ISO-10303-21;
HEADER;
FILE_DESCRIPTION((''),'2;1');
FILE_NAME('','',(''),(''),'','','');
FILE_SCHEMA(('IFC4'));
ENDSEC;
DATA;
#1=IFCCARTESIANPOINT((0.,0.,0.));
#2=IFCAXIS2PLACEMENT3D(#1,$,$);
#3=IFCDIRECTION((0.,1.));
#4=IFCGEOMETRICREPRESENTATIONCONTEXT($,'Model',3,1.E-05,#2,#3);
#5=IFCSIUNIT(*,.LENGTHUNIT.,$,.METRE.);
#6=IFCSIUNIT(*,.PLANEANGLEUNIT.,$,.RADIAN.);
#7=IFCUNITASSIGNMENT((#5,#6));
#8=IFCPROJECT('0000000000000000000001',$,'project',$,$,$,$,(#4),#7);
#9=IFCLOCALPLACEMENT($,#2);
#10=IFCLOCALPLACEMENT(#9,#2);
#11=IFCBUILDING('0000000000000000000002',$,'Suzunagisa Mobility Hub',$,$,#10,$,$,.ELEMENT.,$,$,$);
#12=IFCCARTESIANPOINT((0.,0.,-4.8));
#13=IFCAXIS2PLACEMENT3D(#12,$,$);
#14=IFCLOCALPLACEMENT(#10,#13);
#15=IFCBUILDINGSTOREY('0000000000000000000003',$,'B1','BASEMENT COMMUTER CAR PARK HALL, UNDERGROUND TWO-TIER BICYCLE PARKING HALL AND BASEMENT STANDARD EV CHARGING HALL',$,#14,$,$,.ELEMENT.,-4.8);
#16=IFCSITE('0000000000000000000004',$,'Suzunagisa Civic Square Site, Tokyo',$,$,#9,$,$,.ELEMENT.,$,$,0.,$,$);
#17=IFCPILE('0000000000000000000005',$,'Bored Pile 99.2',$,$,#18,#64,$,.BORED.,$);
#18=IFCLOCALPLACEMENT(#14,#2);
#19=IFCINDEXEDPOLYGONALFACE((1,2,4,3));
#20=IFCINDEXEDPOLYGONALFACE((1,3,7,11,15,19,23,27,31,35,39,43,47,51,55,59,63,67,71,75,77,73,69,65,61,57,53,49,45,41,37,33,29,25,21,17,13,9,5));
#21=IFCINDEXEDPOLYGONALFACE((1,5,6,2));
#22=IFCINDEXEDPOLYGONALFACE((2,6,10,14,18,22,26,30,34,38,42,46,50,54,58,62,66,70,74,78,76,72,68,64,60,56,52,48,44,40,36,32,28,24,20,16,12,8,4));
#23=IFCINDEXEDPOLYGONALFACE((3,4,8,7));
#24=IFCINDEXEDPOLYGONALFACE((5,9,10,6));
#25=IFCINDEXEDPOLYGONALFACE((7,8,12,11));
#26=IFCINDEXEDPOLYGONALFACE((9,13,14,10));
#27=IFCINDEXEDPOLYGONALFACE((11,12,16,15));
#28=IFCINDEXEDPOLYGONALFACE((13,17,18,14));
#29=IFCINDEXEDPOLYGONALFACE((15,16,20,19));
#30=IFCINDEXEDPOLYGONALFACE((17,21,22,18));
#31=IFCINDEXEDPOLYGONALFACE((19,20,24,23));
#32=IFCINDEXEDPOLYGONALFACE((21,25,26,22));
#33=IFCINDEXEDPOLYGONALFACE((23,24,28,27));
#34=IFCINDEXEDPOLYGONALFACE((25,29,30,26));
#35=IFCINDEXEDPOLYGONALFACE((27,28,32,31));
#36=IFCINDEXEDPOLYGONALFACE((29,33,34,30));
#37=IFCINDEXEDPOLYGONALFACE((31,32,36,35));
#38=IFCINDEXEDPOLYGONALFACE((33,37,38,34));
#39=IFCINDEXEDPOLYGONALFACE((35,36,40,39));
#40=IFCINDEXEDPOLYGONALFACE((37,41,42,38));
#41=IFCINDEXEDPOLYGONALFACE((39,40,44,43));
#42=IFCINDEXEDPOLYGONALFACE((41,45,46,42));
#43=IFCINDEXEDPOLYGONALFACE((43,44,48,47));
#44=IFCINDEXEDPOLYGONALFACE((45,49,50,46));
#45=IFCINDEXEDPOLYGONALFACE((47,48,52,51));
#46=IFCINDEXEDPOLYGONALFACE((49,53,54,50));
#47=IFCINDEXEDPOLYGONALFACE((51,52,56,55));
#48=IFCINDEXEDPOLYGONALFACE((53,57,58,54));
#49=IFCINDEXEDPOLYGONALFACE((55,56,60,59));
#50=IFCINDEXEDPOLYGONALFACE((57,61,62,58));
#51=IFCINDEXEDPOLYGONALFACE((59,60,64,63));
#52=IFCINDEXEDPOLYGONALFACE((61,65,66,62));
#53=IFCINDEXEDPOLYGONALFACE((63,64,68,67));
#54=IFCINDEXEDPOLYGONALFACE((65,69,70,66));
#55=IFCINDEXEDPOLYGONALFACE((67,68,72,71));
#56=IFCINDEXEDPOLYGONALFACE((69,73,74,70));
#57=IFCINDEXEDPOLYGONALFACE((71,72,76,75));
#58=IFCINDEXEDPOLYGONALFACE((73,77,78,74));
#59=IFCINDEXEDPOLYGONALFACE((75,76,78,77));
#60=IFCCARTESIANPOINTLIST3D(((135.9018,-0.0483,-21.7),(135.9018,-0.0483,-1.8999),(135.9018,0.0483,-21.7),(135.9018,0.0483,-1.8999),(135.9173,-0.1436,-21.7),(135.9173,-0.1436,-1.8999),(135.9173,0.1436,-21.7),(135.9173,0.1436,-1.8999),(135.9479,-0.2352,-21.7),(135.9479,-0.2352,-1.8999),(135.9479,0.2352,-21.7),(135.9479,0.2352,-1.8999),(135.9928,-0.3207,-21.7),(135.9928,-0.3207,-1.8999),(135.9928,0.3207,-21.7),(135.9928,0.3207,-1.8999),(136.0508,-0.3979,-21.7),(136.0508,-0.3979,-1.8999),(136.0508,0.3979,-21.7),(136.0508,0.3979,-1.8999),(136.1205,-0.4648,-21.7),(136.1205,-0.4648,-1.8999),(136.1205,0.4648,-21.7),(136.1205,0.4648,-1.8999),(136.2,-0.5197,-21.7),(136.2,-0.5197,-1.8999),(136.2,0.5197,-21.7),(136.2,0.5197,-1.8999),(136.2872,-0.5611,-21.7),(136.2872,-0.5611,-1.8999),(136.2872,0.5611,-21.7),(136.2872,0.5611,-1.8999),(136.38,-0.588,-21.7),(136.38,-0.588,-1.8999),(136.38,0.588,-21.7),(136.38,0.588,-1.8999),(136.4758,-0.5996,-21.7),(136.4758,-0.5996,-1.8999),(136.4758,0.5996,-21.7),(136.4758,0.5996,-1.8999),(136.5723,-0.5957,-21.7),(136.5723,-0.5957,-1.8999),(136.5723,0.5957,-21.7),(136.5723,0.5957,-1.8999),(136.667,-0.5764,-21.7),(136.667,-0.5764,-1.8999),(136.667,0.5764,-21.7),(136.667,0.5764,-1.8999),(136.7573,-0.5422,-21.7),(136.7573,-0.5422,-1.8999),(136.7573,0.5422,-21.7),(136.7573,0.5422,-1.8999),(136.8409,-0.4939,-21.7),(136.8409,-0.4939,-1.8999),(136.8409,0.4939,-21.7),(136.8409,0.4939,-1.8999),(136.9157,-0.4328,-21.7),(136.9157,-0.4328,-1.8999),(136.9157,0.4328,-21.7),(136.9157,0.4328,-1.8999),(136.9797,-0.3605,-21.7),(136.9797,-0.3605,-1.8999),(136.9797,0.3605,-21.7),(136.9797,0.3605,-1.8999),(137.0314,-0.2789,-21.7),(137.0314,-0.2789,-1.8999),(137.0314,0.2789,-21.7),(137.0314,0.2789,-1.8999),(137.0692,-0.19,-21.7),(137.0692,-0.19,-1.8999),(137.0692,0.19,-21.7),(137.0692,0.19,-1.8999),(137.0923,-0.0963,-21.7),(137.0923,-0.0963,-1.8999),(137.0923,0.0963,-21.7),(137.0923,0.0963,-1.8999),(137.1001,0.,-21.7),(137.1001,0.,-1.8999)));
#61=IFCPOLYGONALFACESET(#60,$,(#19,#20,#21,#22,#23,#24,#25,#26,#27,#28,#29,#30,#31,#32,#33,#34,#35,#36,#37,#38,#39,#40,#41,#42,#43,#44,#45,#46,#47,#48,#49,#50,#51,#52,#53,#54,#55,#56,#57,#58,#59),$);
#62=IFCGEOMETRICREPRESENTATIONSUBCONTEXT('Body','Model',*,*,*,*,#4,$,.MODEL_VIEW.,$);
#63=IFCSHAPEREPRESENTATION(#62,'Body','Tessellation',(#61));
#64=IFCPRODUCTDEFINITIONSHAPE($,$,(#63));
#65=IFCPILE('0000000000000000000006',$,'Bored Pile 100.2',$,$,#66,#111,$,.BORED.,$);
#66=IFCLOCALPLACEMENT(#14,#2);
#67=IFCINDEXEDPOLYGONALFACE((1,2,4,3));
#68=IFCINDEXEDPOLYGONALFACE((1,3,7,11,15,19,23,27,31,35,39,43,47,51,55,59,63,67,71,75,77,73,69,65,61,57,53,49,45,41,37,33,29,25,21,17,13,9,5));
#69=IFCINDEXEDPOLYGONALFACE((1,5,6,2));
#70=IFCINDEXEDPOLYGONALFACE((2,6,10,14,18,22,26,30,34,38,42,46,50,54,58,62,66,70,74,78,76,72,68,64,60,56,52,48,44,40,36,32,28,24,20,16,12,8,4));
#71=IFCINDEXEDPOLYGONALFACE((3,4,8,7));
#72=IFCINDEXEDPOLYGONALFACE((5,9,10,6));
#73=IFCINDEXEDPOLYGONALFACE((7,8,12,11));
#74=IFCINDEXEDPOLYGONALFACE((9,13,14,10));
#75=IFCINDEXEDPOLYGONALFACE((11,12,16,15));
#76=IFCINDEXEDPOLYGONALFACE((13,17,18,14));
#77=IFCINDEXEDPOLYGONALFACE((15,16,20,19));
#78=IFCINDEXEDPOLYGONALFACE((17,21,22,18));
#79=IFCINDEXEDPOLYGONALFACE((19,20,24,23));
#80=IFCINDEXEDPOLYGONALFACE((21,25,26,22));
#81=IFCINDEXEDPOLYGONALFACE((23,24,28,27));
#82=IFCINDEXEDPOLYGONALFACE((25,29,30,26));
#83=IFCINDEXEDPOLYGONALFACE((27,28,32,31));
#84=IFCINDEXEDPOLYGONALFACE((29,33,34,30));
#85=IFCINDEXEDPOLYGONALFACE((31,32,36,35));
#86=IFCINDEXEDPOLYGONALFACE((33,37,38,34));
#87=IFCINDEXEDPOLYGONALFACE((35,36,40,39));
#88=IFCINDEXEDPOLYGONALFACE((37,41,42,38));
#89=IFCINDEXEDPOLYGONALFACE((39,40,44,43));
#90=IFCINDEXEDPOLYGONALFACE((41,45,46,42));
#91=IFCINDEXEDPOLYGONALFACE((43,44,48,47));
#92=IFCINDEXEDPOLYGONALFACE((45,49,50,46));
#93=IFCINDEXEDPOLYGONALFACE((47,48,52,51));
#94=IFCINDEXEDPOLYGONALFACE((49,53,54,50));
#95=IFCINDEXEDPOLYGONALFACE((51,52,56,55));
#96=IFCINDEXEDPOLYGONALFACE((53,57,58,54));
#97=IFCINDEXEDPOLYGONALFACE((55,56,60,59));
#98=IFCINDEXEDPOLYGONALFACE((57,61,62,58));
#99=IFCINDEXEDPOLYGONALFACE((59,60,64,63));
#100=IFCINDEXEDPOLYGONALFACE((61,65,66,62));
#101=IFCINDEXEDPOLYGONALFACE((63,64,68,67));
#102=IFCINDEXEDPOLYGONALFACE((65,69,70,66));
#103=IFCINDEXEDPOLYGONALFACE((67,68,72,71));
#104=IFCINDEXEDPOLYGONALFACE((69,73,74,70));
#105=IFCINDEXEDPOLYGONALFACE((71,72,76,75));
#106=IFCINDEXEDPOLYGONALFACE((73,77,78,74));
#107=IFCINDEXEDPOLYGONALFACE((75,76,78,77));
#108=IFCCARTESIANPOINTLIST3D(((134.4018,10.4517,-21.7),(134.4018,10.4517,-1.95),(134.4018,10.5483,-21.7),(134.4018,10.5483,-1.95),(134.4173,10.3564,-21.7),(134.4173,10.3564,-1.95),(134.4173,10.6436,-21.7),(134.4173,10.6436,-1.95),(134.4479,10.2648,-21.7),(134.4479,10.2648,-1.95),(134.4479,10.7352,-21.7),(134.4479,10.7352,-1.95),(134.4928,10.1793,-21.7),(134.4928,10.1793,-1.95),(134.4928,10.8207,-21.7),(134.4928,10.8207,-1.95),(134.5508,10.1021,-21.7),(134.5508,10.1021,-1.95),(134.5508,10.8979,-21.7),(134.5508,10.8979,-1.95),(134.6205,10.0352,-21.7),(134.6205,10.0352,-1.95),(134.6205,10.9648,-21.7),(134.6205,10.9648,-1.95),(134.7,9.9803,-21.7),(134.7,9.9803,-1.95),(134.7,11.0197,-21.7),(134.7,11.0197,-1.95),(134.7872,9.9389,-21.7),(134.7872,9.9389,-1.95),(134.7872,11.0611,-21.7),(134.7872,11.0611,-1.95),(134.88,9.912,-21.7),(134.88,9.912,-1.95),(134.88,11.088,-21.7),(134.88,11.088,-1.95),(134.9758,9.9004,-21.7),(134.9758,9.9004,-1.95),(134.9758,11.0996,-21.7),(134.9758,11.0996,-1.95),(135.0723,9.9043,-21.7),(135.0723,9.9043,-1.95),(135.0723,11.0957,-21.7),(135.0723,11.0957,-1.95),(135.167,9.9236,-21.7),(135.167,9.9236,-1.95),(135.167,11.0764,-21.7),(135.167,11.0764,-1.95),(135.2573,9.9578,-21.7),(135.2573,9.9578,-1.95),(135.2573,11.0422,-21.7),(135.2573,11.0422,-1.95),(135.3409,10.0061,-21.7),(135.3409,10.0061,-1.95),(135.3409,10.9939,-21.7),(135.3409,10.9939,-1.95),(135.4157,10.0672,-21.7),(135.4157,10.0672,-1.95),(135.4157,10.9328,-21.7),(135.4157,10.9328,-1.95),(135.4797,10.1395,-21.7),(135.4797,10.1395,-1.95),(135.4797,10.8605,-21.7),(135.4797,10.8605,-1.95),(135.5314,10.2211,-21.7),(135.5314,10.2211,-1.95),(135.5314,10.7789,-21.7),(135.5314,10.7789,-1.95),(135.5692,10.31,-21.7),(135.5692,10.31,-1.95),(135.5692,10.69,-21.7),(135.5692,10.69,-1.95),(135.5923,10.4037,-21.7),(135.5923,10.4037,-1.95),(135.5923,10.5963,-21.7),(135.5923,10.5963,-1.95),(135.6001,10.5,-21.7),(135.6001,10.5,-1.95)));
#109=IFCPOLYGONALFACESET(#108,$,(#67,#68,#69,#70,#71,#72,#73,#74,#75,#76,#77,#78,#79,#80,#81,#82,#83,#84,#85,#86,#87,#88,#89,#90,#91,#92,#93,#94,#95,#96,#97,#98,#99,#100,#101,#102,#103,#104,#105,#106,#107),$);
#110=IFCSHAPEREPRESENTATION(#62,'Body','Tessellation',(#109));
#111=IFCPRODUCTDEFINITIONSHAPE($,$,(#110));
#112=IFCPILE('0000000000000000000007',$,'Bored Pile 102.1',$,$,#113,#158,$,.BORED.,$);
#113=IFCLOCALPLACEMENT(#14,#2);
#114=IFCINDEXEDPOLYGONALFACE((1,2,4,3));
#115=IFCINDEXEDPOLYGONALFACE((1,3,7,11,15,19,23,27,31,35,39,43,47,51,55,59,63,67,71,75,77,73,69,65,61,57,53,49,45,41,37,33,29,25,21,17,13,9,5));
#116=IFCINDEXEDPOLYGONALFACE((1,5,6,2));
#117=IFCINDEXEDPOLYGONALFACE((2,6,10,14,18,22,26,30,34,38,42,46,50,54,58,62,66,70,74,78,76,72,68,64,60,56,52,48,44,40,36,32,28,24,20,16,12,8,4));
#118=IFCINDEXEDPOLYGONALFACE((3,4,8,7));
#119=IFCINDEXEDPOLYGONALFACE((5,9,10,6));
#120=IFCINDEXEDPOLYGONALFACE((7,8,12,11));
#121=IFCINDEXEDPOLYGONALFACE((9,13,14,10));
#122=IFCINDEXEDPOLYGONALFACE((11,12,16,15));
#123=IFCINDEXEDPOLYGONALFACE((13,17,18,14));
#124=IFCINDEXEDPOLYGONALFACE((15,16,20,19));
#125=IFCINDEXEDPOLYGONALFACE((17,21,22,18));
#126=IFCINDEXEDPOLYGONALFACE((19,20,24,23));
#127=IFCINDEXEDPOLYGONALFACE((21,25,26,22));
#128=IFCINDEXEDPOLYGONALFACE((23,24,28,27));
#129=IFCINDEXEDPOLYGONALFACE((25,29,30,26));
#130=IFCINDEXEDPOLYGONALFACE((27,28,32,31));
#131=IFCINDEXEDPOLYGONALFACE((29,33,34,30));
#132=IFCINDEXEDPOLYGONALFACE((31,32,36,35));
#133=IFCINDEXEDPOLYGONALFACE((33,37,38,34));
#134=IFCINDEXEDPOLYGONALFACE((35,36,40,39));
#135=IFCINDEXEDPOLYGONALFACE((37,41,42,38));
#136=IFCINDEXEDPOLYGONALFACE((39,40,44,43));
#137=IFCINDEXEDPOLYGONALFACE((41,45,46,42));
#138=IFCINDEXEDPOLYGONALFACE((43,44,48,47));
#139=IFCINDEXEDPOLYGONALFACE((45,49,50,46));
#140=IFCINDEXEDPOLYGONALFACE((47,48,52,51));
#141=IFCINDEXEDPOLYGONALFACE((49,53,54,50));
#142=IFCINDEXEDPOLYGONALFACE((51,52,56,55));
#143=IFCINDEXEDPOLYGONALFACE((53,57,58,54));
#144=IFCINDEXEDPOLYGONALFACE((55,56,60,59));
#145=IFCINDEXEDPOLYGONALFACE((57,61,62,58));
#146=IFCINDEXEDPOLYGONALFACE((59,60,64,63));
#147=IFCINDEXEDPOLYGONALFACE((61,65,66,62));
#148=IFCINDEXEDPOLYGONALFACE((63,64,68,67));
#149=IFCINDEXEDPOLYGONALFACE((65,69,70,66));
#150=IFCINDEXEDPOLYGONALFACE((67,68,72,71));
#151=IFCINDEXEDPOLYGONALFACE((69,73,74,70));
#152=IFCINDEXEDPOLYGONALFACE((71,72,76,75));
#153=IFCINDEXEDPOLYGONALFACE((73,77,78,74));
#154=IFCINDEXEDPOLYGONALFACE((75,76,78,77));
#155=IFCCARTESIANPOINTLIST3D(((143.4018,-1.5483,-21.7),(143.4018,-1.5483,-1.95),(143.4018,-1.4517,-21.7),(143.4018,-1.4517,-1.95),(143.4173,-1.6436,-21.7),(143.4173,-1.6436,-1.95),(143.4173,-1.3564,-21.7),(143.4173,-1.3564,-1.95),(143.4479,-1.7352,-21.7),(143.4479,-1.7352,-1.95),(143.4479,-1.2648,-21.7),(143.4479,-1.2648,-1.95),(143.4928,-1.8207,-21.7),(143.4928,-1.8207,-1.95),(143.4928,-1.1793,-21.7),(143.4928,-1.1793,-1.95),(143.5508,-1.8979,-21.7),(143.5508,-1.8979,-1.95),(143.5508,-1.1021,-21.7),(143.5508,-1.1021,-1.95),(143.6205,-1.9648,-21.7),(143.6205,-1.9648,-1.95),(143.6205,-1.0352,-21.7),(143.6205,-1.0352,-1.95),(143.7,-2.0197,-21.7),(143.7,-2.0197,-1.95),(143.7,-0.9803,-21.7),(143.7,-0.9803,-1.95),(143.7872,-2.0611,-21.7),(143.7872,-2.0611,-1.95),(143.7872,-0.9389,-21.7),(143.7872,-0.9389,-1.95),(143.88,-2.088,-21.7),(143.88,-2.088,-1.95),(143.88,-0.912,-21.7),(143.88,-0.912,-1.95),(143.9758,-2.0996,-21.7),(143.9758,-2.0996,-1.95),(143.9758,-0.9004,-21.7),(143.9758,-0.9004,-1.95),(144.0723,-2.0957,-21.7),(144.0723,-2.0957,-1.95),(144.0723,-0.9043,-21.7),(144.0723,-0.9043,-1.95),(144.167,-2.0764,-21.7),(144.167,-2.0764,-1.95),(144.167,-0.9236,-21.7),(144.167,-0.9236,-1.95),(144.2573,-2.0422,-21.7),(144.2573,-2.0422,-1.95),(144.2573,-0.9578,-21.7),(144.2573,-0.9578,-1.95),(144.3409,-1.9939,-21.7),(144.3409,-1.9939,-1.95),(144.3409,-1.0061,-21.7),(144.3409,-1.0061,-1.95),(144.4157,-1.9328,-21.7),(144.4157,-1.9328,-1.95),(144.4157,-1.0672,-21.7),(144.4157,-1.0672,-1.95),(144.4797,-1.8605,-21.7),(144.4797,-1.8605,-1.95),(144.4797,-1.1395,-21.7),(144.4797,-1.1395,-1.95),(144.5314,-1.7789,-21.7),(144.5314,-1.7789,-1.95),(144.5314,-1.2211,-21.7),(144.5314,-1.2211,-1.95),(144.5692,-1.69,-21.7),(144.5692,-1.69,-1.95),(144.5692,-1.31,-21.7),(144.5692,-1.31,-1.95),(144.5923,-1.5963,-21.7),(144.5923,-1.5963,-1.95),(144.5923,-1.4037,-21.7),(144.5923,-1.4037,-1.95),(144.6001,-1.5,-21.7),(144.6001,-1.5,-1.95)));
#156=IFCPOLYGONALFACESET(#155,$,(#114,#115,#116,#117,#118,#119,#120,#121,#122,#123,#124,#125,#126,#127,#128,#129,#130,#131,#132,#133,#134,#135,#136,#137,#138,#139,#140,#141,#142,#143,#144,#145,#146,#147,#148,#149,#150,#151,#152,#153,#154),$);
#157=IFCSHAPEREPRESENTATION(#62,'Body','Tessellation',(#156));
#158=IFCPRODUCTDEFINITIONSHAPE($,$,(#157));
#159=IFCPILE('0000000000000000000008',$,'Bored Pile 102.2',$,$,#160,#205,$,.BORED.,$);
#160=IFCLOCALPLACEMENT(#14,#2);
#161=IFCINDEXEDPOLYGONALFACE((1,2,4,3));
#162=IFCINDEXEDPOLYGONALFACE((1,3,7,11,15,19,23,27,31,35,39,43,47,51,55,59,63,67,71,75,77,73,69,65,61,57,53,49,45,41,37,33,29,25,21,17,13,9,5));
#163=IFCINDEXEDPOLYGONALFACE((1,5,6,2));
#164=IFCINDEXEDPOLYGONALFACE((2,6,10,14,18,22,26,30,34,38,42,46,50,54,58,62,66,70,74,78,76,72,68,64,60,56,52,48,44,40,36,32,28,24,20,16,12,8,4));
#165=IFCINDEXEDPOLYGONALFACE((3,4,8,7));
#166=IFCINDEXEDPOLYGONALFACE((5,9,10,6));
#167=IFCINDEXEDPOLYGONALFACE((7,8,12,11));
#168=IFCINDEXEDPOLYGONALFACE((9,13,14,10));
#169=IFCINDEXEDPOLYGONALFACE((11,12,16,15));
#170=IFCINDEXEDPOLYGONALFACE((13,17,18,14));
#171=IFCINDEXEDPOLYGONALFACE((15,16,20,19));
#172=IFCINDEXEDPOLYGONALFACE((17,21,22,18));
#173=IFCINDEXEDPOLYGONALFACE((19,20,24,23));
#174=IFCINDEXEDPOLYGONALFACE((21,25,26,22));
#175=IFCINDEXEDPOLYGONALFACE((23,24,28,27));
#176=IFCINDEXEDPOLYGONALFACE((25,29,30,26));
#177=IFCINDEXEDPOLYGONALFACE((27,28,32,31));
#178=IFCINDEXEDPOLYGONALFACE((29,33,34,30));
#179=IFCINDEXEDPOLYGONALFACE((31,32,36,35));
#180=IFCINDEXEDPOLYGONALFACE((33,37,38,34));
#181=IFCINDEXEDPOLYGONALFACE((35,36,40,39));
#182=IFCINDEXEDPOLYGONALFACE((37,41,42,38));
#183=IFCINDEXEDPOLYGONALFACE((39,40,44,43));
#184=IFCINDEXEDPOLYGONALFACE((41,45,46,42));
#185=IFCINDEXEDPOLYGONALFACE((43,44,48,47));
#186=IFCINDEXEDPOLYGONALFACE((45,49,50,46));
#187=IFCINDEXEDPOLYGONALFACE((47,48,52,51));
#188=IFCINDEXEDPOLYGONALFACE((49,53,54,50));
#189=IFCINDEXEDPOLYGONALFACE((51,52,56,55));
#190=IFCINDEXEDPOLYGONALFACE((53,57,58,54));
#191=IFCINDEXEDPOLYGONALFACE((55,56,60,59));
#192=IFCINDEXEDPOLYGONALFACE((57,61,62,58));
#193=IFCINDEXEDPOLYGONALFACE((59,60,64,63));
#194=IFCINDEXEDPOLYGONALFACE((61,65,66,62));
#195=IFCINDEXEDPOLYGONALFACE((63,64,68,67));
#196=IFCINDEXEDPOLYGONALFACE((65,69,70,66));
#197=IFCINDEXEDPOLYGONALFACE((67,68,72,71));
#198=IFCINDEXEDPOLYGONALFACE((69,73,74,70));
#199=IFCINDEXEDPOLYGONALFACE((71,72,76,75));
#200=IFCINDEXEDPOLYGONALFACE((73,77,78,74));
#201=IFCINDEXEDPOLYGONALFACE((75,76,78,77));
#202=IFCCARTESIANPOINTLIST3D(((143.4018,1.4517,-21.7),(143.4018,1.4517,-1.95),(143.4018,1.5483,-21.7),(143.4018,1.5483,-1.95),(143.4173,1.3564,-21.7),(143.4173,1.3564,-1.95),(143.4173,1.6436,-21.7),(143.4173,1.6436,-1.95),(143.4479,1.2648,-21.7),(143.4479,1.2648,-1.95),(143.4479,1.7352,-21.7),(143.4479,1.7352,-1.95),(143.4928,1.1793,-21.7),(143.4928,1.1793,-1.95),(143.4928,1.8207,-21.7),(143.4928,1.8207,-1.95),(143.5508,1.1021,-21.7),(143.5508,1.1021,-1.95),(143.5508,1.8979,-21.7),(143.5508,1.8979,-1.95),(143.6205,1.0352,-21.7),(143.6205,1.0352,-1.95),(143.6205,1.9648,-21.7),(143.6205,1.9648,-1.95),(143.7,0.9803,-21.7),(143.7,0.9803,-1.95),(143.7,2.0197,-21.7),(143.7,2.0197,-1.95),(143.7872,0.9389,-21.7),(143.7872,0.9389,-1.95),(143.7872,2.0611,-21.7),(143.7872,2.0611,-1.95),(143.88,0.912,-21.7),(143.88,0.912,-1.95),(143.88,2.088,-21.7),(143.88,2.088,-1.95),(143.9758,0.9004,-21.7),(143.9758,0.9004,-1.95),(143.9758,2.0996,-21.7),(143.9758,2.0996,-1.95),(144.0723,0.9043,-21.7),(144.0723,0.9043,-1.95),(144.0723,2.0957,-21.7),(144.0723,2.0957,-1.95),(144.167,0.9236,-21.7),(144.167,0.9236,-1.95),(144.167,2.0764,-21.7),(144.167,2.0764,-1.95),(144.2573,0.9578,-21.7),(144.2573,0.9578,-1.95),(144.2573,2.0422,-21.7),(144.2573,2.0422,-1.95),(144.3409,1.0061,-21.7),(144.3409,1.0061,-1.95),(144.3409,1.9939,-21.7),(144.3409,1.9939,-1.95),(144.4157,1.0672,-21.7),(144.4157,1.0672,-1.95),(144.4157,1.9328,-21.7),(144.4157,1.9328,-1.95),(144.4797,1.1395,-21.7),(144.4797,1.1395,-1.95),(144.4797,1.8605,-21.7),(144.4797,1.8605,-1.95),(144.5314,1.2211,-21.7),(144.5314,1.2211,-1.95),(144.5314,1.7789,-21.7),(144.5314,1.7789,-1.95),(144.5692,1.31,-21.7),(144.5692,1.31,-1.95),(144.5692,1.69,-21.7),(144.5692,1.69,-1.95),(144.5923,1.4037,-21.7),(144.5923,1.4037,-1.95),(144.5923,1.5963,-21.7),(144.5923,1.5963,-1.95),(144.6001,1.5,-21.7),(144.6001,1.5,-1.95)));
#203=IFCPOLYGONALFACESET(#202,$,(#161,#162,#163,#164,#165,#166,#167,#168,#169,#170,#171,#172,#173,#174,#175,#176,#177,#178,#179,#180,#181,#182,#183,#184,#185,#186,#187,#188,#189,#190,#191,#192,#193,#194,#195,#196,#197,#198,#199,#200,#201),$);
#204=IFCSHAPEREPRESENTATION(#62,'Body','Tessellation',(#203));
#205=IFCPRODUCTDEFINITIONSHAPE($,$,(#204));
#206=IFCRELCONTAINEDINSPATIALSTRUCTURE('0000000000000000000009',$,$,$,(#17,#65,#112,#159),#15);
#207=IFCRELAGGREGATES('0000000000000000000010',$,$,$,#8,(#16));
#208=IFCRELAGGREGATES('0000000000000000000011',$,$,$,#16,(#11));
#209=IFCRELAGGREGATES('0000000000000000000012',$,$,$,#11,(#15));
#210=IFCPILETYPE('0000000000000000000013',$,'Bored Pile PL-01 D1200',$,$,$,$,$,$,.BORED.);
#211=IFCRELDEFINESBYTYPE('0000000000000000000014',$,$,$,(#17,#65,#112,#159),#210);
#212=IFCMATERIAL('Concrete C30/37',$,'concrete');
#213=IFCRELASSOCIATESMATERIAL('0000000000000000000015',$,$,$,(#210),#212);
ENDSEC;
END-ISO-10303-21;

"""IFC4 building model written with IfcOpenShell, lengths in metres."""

from ifc_helpers import new_model, si_unit, direction, frame, origin, origin_2d, place, context, subcontext, project, spatial, circle, extrude, material, material_profile, profile_set, type_object, element, save


model = new_model("IFC4")

# Units and contexts
model_context = context("Model", 3, precision=1e-05, world=origin(), true_north=direction((0.0, 1.0)))
body_context = subcontext(model_context, "Body", "Model", "MODEL_VIEW")
ifc_project = project(units=[si_unit("LENGTHUNIT", "METRE"), si_unit("PLANEANGLEUNIT", "RADIAN")], contexts=[model_context])

# Site, building, storey
site_placement = place(None, origin())
site = spatial("IfcSite", under=ifc_project, at=site_placement, Name="Suzunagisa Civic Square Site, Tokyo", CompositionType="ELEMENT", RefElevation=0.0)
building_placement = place(site_placement, origin())
building = spatial("IfcBuilding", under=site, at=building_placement, Name="Suzunagisa Mobility Hub", CompositionType="ELEMENT")
storey_placement = place(building_placement, frame((0.0, 0.0, -4.8)))
storey = spatial("IfcBuildingStorey", under=building, at=storey_placement, Name="B1", Description="BASEMENT COMMUTER CAR PARK HALL, UNDERGROUND TWO-TIER BICYCLE PARKING HALL AND BASEMENT STANDARD EV CHARGING HALL", CompositionType="ELEMENT", Elevation=-4.8)

# Piles
ifc_material_1 = material(Name="Concrete C30/37", Category="concrete")
ifc_material_profile_1 = material_profile(ifc_material_1, circle(Radius=0.6001, at=origin_2d()), Name="BORED PILE D1200")
ifc_profile_set_1 = profile_set([ifc_material_profile_1], Name="Concrete C30/37")
pile_type = type_object("IfcPileType", Name="Bored Pile PL-01 D1200", PredefinedType="BORED", material=ifc_profile_set_1)
pile_1_placement = place(storey_placement, frame((136.5, 0.0, -1.8999), z_axis=(0.0, 0.0, -1.0), x_axis=(1.0, 0.0, 0.0)))
element("IfcPile", 1, at=pile_1_placement, inside=storey, type_object=pile_type, Name="Bored Pile 99.2", PredefinedType="BORED", context=body_context, shape_type="SweptSolid", body=[
    extrude(circle(Radius=0.6001, at=origin_2d()), origin(), (0.0, 0.0, 1.0), 19.8),
])
for number, where, z_axis, x_axis, name in (
    (2, (135.0, 10.5, -1.95), (0.0, 0.0, -1.0), (1.0, 0.0, 0.0), "Bored Pile 100.2"),
    (3, (144.0, -1.5, -1.95), (0.0, 0.0, -1.0), (1.0, 0.0, 0.0), "Bored Pile 102.1"),
    (4, (144.0, 1.5, -1.95), (0.0, 0.0, -1.0), (1.0, 0.0, 0.0), "Bored Pile 102.2"),
):
    element("IfcPile", number, at=place(storey_placement, frame(where, z_axis=z_axis, x_axis=x_axis)), inside=storey, type_object=pile_type, Name=name, PredefinedType="BORED", context=body_context, shape_type="SweptSolid", body=[
        extrude(circle(Radius=0.6001, at=origin_2d()), origin(), (0.0, 0.0, 1.0), 19.75),
    ])

save(model, "model.ifc")
